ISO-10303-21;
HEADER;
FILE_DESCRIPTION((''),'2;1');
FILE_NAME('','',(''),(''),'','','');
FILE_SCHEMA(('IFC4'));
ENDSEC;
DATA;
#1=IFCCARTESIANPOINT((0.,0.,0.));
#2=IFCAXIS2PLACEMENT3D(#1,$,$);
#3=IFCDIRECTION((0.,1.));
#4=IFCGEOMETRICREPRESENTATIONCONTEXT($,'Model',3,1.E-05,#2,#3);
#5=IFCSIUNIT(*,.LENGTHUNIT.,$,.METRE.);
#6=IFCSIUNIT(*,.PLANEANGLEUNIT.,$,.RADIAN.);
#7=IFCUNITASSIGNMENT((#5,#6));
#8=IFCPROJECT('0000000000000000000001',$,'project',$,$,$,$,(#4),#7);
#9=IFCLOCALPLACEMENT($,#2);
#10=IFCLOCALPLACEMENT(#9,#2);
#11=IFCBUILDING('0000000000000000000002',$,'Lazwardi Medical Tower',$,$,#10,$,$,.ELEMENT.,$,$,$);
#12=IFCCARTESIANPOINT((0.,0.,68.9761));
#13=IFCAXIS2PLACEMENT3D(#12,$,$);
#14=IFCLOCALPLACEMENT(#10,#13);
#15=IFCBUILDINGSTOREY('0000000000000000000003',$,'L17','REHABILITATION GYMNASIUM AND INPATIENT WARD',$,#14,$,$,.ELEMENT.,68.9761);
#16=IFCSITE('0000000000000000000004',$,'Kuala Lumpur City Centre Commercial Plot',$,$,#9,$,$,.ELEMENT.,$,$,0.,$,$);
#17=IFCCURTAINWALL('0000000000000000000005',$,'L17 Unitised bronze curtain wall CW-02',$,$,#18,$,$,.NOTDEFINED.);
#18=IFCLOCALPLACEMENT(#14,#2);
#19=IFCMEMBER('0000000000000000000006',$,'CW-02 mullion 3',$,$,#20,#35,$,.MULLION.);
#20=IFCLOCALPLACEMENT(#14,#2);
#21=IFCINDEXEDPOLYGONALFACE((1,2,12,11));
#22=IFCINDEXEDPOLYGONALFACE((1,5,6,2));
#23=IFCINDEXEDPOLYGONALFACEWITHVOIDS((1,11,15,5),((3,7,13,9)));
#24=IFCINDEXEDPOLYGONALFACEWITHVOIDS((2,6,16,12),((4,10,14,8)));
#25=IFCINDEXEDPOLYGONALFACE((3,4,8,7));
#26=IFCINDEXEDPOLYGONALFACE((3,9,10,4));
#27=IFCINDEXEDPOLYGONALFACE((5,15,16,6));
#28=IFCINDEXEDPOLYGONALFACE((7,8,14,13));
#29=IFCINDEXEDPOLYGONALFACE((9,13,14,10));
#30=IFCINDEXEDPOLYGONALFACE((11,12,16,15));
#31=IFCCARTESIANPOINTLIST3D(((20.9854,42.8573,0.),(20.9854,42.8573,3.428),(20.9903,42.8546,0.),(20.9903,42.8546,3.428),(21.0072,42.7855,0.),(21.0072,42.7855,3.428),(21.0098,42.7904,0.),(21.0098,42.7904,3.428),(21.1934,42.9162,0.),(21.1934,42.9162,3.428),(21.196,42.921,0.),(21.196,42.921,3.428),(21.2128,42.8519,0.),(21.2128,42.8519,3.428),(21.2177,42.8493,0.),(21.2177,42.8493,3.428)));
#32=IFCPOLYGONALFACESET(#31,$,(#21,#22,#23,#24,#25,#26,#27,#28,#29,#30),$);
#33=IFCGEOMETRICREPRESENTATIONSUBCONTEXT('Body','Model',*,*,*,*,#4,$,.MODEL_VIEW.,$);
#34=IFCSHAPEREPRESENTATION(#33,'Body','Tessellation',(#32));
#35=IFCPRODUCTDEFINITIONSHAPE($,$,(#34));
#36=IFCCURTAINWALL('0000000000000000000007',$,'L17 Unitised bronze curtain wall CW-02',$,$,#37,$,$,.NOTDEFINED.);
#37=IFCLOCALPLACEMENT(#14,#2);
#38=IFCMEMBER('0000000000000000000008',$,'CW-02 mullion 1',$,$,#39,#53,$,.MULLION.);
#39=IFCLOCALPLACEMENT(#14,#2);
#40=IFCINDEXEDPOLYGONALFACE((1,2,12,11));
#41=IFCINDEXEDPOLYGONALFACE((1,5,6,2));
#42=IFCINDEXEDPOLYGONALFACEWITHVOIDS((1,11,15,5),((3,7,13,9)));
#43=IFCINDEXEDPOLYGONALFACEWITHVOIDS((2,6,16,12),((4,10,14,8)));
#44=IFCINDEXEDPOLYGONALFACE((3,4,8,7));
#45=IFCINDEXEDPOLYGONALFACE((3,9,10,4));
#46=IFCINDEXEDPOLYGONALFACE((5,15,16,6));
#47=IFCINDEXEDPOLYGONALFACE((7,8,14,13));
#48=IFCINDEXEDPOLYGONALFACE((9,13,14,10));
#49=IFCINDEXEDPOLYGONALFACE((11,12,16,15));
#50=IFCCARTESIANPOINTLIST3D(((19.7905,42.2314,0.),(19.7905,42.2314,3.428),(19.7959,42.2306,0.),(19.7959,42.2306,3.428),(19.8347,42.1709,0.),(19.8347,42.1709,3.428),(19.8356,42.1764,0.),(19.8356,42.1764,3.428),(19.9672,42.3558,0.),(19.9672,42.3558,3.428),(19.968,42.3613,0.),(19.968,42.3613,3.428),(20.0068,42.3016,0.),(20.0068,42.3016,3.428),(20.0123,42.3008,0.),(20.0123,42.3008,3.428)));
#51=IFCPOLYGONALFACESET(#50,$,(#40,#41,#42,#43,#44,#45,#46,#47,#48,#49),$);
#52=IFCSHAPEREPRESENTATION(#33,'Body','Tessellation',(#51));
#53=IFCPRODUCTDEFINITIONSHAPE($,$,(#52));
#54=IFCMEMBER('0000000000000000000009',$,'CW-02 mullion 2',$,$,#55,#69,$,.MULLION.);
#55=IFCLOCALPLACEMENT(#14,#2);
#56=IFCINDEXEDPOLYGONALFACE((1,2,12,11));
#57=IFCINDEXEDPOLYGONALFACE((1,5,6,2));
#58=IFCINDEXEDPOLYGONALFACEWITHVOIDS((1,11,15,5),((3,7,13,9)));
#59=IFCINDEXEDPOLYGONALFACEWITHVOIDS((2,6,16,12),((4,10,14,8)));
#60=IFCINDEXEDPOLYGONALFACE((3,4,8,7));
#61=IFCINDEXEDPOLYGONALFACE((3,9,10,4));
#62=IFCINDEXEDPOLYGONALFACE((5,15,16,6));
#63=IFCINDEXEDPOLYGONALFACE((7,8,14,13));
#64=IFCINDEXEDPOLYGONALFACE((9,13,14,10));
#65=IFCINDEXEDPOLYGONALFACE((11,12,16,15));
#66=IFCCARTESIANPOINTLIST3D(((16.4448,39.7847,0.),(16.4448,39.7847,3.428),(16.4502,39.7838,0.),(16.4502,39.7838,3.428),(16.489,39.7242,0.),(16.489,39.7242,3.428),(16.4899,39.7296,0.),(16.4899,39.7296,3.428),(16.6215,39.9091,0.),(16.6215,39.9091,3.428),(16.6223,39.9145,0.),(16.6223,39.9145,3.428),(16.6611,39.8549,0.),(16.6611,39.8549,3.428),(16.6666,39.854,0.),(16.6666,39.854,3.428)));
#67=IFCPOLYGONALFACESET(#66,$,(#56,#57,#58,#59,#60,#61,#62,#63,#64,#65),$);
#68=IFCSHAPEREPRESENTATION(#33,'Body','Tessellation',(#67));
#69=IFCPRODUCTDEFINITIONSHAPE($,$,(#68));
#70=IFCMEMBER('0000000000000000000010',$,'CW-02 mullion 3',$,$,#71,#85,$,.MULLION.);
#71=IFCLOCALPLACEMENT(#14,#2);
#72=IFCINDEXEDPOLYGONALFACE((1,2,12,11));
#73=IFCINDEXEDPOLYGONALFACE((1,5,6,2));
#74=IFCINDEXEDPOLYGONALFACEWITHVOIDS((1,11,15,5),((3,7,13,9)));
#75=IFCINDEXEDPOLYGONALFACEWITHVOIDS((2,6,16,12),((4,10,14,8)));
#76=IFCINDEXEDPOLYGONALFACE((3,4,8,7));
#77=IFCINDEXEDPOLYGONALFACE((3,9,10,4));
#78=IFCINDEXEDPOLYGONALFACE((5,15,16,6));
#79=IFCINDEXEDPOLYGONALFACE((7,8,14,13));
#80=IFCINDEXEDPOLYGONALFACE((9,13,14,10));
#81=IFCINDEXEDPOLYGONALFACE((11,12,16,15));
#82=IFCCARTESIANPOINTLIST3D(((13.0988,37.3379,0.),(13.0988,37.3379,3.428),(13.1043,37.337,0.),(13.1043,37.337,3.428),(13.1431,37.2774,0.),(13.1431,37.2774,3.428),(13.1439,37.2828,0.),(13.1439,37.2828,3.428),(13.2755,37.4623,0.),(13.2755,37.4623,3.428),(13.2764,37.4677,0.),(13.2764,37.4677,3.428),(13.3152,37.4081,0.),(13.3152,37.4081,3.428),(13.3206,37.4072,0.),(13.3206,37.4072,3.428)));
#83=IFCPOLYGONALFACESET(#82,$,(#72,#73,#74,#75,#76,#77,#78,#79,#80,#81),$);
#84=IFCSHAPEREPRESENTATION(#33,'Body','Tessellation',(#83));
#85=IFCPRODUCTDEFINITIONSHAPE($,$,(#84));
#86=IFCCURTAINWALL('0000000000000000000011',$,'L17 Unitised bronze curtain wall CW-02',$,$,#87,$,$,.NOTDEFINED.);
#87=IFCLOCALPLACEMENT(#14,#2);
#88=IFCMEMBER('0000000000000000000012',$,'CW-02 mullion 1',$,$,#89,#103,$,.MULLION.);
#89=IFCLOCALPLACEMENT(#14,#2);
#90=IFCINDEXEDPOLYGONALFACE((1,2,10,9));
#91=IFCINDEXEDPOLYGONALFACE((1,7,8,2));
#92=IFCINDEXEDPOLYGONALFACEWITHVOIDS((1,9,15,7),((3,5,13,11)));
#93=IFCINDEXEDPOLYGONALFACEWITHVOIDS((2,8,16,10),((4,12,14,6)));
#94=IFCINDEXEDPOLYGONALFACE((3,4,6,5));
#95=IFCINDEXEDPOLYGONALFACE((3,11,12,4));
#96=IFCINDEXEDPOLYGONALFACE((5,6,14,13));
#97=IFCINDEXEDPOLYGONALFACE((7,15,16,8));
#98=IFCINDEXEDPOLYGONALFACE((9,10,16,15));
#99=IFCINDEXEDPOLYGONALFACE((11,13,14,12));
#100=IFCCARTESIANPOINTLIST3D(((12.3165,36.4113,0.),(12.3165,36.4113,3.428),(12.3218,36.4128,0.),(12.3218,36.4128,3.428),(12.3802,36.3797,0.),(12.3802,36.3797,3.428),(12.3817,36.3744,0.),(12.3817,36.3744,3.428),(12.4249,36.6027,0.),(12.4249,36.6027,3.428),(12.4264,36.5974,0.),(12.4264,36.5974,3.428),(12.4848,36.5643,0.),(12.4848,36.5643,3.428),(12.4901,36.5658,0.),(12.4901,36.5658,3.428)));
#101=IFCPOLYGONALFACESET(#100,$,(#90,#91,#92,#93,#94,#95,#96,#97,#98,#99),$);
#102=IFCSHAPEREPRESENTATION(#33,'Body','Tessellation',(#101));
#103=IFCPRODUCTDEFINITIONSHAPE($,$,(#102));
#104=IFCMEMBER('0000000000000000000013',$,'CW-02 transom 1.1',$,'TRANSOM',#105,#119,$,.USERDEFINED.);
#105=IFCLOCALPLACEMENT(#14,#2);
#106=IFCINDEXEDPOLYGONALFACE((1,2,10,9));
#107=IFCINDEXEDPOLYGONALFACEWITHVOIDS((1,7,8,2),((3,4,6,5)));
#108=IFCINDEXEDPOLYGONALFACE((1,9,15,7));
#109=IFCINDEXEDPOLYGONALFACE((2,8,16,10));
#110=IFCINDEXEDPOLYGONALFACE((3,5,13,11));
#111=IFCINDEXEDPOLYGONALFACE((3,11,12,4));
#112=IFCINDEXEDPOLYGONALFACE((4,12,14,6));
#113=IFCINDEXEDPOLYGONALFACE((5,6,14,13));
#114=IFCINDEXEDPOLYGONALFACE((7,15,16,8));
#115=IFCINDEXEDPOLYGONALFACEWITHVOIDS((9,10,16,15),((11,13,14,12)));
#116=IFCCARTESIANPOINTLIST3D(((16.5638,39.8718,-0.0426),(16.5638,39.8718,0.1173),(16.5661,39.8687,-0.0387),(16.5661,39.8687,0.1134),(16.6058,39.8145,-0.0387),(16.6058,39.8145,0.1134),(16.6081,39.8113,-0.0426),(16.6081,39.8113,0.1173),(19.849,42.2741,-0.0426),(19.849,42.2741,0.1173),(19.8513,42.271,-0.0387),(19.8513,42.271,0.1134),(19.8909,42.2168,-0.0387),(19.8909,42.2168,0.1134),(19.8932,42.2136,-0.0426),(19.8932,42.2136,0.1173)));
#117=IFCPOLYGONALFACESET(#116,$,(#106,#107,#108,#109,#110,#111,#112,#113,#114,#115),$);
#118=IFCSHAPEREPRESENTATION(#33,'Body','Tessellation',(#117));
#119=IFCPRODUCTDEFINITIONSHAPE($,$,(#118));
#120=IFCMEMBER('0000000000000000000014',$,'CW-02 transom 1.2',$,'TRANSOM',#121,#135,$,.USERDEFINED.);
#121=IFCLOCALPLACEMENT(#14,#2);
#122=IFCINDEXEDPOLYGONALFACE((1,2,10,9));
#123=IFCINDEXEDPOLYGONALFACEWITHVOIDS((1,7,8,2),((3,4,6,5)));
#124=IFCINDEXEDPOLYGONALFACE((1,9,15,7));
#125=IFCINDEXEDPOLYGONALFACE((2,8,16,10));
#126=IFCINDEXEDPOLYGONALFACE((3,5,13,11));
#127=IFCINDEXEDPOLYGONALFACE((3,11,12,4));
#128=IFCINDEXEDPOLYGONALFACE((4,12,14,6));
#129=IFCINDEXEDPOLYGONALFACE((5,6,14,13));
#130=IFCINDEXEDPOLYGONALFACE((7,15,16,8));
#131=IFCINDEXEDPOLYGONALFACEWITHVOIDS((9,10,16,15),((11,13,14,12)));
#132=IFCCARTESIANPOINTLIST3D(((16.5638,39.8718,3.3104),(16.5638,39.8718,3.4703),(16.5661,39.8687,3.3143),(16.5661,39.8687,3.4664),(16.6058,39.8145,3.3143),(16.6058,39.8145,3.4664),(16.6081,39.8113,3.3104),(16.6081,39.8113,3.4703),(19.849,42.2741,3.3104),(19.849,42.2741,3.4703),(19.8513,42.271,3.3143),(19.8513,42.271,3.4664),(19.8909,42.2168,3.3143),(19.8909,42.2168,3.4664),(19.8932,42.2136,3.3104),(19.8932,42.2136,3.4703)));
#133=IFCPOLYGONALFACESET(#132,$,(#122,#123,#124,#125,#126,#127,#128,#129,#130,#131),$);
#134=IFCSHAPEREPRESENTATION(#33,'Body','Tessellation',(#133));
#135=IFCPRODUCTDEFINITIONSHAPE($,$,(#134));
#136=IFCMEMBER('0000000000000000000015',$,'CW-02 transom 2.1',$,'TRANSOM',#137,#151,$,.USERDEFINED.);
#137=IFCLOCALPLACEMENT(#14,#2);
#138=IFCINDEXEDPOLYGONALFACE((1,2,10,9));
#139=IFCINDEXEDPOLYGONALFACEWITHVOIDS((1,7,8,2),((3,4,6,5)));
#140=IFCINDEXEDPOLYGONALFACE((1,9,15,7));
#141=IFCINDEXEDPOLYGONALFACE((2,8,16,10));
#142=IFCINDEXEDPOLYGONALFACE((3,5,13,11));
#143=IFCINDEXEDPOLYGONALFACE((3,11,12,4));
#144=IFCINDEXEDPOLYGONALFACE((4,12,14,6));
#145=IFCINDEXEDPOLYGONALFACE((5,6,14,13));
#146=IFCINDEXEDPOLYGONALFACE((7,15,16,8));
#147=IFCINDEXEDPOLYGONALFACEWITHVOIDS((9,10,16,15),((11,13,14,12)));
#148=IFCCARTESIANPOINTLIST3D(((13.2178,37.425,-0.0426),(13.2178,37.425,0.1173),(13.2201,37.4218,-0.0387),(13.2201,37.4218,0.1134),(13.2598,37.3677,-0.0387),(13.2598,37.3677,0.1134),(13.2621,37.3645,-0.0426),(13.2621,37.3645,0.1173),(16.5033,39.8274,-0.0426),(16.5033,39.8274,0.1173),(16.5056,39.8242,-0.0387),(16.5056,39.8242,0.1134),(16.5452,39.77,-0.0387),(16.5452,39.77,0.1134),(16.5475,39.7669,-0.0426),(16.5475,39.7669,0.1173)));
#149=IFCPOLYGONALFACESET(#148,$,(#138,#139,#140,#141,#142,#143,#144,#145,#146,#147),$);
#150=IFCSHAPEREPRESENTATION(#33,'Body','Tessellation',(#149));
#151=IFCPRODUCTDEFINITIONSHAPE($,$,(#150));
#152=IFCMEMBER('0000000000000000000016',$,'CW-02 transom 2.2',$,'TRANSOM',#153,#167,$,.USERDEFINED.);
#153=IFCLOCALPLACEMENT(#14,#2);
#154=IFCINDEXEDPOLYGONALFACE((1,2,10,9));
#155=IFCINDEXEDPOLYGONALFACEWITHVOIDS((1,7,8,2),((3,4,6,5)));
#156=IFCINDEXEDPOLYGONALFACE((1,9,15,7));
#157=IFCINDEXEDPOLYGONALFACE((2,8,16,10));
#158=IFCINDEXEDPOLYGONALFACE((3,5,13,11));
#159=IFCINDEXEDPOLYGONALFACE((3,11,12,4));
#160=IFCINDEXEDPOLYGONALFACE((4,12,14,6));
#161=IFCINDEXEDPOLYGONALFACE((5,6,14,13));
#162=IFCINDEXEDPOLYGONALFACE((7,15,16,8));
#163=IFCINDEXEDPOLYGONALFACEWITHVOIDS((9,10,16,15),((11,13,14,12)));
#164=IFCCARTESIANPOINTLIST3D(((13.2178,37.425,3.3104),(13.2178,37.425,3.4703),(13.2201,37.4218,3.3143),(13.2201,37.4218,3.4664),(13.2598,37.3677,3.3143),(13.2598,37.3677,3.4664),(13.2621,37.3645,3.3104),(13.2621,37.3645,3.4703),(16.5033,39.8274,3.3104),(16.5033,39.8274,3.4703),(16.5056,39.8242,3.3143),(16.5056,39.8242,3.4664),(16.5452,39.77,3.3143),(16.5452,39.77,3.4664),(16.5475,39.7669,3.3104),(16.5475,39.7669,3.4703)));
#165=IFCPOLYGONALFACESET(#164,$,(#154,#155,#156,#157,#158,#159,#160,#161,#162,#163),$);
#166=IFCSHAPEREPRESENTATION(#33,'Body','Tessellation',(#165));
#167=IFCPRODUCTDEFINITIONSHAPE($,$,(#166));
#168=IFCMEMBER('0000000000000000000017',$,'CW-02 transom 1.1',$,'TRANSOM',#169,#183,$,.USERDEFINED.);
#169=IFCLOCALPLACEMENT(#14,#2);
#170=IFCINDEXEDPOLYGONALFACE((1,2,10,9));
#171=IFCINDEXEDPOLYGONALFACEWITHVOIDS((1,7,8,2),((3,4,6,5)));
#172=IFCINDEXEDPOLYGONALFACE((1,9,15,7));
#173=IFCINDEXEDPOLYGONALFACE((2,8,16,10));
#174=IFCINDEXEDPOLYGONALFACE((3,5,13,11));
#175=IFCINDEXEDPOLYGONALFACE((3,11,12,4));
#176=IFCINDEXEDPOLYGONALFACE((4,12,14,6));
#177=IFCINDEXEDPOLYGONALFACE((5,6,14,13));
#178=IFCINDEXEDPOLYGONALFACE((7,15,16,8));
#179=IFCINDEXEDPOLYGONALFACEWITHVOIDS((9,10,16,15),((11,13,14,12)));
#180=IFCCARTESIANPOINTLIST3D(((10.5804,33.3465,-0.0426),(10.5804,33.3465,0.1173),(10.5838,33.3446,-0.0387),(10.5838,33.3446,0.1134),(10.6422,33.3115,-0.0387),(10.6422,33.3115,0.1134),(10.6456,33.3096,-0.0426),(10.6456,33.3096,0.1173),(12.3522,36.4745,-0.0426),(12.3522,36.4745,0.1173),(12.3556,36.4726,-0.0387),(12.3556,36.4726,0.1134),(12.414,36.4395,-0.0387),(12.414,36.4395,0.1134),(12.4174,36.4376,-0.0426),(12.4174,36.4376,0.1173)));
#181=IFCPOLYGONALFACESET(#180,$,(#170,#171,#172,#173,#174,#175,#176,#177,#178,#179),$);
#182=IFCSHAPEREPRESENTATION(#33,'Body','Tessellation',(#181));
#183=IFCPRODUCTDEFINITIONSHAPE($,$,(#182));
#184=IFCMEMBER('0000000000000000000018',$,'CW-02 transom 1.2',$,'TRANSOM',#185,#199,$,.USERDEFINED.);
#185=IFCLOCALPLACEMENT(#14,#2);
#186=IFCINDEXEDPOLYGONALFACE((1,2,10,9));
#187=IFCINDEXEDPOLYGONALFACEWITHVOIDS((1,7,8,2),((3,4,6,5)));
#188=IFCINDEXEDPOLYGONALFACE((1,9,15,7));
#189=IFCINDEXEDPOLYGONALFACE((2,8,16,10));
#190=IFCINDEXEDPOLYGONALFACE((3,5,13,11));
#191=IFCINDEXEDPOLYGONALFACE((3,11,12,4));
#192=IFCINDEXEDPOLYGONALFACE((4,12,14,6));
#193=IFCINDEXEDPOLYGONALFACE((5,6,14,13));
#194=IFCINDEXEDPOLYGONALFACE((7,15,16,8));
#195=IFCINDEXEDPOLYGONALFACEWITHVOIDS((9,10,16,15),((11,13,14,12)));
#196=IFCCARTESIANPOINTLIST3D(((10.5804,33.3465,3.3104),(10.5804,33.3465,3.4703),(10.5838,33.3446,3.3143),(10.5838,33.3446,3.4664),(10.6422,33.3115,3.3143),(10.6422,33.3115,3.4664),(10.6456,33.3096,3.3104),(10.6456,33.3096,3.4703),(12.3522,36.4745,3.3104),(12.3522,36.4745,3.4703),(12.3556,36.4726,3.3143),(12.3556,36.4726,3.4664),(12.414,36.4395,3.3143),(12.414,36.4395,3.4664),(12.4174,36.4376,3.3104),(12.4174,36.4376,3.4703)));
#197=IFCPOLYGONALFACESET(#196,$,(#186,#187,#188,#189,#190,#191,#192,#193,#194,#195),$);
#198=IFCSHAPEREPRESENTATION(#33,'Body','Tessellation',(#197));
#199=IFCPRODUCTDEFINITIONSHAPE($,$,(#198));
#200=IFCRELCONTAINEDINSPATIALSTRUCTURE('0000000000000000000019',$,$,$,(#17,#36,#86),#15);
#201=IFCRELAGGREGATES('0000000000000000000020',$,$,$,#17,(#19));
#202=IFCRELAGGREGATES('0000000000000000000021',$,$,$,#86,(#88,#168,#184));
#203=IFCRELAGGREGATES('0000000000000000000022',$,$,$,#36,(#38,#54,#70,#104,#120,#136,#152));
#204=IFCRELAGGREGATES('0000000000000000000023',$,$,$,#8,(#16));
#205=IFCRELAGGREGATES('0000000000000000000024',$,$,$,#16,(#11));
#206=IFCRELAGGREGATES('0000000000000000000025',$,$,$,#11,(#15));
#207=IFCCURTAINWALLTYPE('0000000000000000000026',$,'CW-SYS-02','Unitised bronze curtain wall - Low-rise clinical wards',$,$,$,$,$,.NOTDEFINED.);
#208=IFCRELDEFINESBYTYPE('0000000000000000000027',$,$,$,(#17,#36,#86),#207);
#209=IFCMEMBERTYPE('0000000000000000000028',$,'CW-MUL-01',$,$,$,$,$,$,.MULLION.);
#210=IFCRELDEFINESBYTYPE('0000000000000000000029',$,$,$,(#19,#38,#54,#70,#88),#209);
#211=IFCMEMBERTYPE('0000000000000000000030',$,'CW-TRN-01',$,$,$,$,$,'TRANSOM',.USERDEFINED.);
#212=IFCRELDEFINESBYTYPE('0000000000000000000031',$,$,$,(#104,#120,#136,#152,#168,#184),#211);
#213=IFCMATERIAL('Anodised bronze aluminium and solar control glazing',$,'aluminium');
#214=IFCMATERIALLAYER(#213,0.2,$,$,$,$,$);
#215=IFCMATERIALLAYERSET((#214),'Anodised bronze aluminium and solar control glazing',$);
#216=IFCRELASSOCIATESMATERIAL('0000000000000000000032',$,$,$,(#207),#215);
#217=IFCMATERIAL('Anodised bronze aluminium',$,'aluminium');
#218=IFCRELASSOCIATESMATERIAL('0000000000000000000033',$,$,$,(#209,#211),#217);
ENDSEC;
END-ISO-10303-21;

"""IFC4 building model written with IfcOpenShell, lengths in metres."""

from ifc_helpers import new_model, si_unit, direction, frame, origin, origin_2d, place, context, subcontext, project, spatial, hollow_rectangle, extrude, material, layer, layer_set, material_profile, profile_set, type_object, element, aggregate, save


model = new_model("IFC4")

# Units and contexts
model_context = context("Model", 3, precision=1e-05, world=origin(), true_north=direction((0.0, 1.0)))
body_context = subcontext(model_context, "Body", "Model", "MODEL_VIEW")
ifc_project = project(units=[si_unit("LENGTHUNIT", "METRE"), si_unit("PLANEANGLEUNIT", "RADIAN")], contexts=[model_context])

# Site, building, storey
site_placement = place(None, origin())
site = spatial("IfcSite", under=ifc_project, at=site_placement, Name="Kuala Lumpur City Centre Commercial Plot", CompositionType="ELEMENT", RefElevation=0.0)
building_placement = place(site_placement, origin())
building = spatial("IfcBuilding", under=site, at=building_placement, Name="Lazwardi Medical Tower", CompositionType="ELEMENT")
storey_placement = place(building_placement, frame((0.0, 0.0, 68.9761)))
storey = spatial("IfcBuildingStorey", under=building, at=storey_placement, Name="L17", Description="REHABILITATION GYMNASIUM AND INPATIENT WARD", CompositionType="ELEMENT", Elevation=68.9761)

# Curtain wall, member
ifc_material_1 = material(Name="Anodised bronze aluminium and solar control glazing", Category="aluminium")
ifc_layer_1 = layer(ifc_material_1, 0.2)
ifc_layer_set_1 = layer_set([ifc_layer_1], Name="Anodised bronze aluminium and solar control glazing")
curtain_wall_type = type_object("IfcCurtainWallType", Name="CW-SYS-02", Description="Unitised bronze curtain wall - Low-rise clinical wards", PredefinedType="NOTDEFINED", material=ifc_layer_set_1)
curtain_wall_1_placement = place(storey_placement, origin())
curtain_wall_1 = element("IfcCurtainWall", 1, at=curtain_wall_1_placement, inside=storey, type_object=curtain_wall_type, Name="L17 Unitised bronze curtain wall CW-02", PredefinedType="NOTDEFINED")
ifc_material_2 = material(Name="Anodised bronze aluminium", Category="aluminium")
ifc_material_profile_1 = material_profile(ifc_material_2, hollow_rectangle(XDim=0.075, YDim=0.22, WallThickness=0.0039, at=origin_2d()), Name="ALU-MULLION 220x75x4")
ifc_profile_set_1 = profile_set([ifc_material_profile_1], Name="Anodised bronze aluminium")
member_type_1 = type_object("IfcMemberType", Name="CW-MUL-01", PredefinedType="MULLION", material=ifc_profile_set_1)
member_1_placement = place(storey_placement, frame((21.1016, 42.8533, 0.0), z_axis=(0.0, 0.0, 1.0), x_axis=(0.289896, -0.957058, 0.0)))
member_1 = element("IfcMember", 2, at=member_1_placement, type_object=member_type_1, Name="CW-02 mullion 3", PredefinedType="MULLION", context=body_context, shape_type="SweptSolid", body=[
    extrude(hollow_rectangle(XDim=0.075, YDim=0.22, WallThickness=0.0039, at=origin_2d()), origin(), (0.0, 0.0, 1.0), 3.428),
])
aggregate(curtain_wall_1, [member_1])

# Curtain wall, members
curtain_wall_2_placement = place(storey_placement, origin())
curtain_wall_2 = element("IfcCurtainWall", 3, at=curtain_wall_2_placement, inside=storey, type_object=curtain_wall_type, Name="L17 Unitised bronze curtain wall CW-02", PredefinedType="NOTDEFINED")
member_2_placement = place(storey_placement, frame((19.9014, 42.2661, 0.0), z_axis=(0.0, 0.0, 1.0), x_axis=(0.590289, -0.807192, 0.0)))
member_2 = element("IfcMember", 4, at=member_2_placement, type_object=member_type_1, Name="CW-02 mullion 1", PredefinedType="MULLION", context=body_context, shape_type="SweptSolid", body=[
    extrude(hollow_rectangle(XDim=0.075, YDim=0.22, WallThickness=0.0039, at=origin_2d()), origin(), (0.0, 0.0, 1.0), 3.428),
])
member_3_placement = place(storey_placement, frame((16.5557, 39.8193, 0.0), z_axis=(0.0, 0.0, 1.0), x_axis=(0.590289, -0.807192, 0.0)))
member_3 = element("IfcMember", 5, at=member_3_placement, type_object=member_type_1, Name="CW-02 mullion 2", PredefinedType="MULLION", context=body_context, shape_type="SweptSolid", body=[
    extrude(hollow_rectangle(XDim=0.075, YDim=0.22, WallThickness=0.0039, at=origin_2d()), origin(), (0.0, 0.0, 1.0), 3.428),
])
member_4_placement = place(storey_placement, frame((13.2097, 37.3726, 0.0), z_axis=(0.0, 0.0, 1.0), x_axis=(0.590289, -0.807192, 0.0)))
member_4 = element("IfcMember", 6, at=member_4_placement, type_object=member_type_1, Name="CW-02 mullion 3", PredefinedType="MULLION", context=body_context, shape_type="SweptSolid", body=[
    extrude(hollow_rectangle(XDim=0.075, YDim=0.22, WallThickness=0.0039, at=origin_2d()), origin(), (0.0, 0.0, 1.0), 3.428),
])

# Curtain wall, member
curtain_wall_3_placement = place(storey_placement, origin())
curtain_wall_3 = element("IfcCurtainWall", 7, at=curtain_wall_3_placement, inside=storey, type_object=curtain_wall_type, Name="L17 Unitised bronze curtain wall CW-02", PredefinedType="NOTDEFINED")
member_5_placement = place(storey_placement, frame((12.4033, 36.4885, 0.0), z_axis=(0.0, 0.0, 1.0), x_axis=(0.870112, -0.492854, 0.0)))
member_5 = element("IfcMember", 8, at=member_5_placement, type_object=member_type_1, Name="CW-02 mullion 1", PredefinedType="MULLION", context=body_context, shape_type="SweptSolid", body=[
    extrude(hollow_rectangle(XDim=0.075, YDim=0.22, WallThickness=0.0039, at=origin_2d()), origin(), (0.0, 0.0, 1.0), 3.428),
])

# Members
ifc_material_profile_2 = material_profile(ifc_material_2, hollow_rectangle(XDim=0.075, YDim=0.1599, WallThickness=0.0039, at=origin_2d()), Name="ALU-TRANSOM 160x75x4")
ifc_profile_set_2 = profile_set([ifc_material_profile_2], Name="Anodised bronze aluminium")
member_type_2 = type_object("IfcMemberType", Name="CW-TRN-01", ElementType="TRANSOM", PredefinedType="USERDEFINED", material=ifc_profile_set_2)
member_6_placement = place(storey_placement, frame((19.8711, 42.2439, 0.0374), z_axis=(-0.807198, -0.590281, 0.0), x_axis=(0.590281, -0.807198, 0.0)))
member_6 = element("IfcMember", 9, at=member_6_placement, type_object=member_type_2, Name="CW-02 transom 1.1", ObjectType="TRANSOM", PredefinedType="USERDEFINED", context=body_context, shape_type="SweptSolid", body=[
    extrude(hollow_rectangle(XDim=0.075, YDim=0.1599, WallThickness=0.0039, at=origin_2d()), origin(), (0.0, 0.0, 1.0), 4.0698),
])
member_7_placement = place(storey_placement, frame((19.8711, 42.2439, 3.3904), z_axis=(-0.807198, -0.590281, 0.0), x_axis=(0.590281, -0.807198, 0.0)))
member_7 = element("IfcMember", 10, at=member_7_placement, type_object=member_type_2, Name="CW-02 transom 1.2", ObjectType="TRANSOM", PredefinedType="USERDEFINED", context=body_context, shape_type="SweptSolid", body=[
    extrude(hollow_rectangle(XDim=0.075, YDim=0.1599, WallThickness=0.0039, at=origin_2d()), origin(), (0.0, 0.0, 1.0), 4.0698),
])
member_8_placement = place(storey_placement, frame((16.5254, 39.7971, 0.0374), z_axis=(-0.807219, -0.590253, 0.0), x_axis=(0.590253, -0.807219, 0.0)))
member_8 = element("IfcMember", 11, at=member_8_placement, type_object=member_type_2, Name="CW-02 transom 2.1", ObjectType="TRANSOM", PredefinedType="USERDEFINED", context=body_context, shape_type="SweptSolid", body=[
    extrude(hollow_rectangle(XDim=0.075, YDim=0.1599, WallThickness=0.0039, at=origin_2d()), origin(), (0.0, 0.0, 1.0), 4.0701),
])
member_9_placement = place(storey_placement, frame((16.5254, 39.7971, 3.3904), z_axis=(-0.807219, -0.590253, 0.0), x_axis=(0.590253, -0.807219, 0.0)))
member_9 = element("IfcMember", 12, at=member_9_placement, type_object=member_type_2, Name="CW-02 transom 2.2", ObjectType="TRANSOM", PredefinedType="USERDEFINED", context=body_context, shape_type="SweptSolid", body=[
    extrude(hollow_rectangle(XDim=0.075, YDim=0.1599, WallThickness=0.0039, at=origin_2d()), origin(), (0.0, 0.0, 1.0), 4.0701),
])
member_10_placement = place(storey_placement, frame((12.3848, 36.4561, 0.0374), z_axis=(-0.492851, -0.870113, 0.0), x_axis=(0.870113, -0.492851, 0.0)))
member_10 = element("IfcMember", 13, at=member_10_placement, type_object=member_type_2, Name="CW-02 transom 1.1", ObjectType="TRANSOM", PredefinedType="USERDEFINED", context=body_context, shape_type="SweptSolid", body=[
    extrude(hollow_rectangle(XDim=0.075, YDim=0.1599, WallThickness=0.0039, at=origin_2d()), origin(), (0.0, 0.0, 1.0), 3.595),
])
member_11_placement = place(storey_placement, frame((12.3848, 36.4561, 3.3904), z_axis=(-0.492851, -0.870113, 0.0), x_axis=(0.870113, -0.492851, 0.0)))
member_11 = element("IfcMember", 14, at=member_11_placement, type_object=member_type_2, Name="CW-02 transom 1.2", ObjectType="TRANSOM", PredefinedType="USERDEFINED", context=body_context, shape_type="SweptSolid", body=[
    extrude(hollow_rectangle(XDim=0.075, YDim=0.1599, WallThickness=0.0039, at=origin_2d()), origin(), (0.0, 0.0, 1.0), 3.595),
])
aggregate(curtain_wall_3, [member_5, member_10, member_11])

aggregate(curtain_wall_2, [member_2, member_3, member_4, member_6, member_7, member_8, member_9])

save(model, "model.ifc")
